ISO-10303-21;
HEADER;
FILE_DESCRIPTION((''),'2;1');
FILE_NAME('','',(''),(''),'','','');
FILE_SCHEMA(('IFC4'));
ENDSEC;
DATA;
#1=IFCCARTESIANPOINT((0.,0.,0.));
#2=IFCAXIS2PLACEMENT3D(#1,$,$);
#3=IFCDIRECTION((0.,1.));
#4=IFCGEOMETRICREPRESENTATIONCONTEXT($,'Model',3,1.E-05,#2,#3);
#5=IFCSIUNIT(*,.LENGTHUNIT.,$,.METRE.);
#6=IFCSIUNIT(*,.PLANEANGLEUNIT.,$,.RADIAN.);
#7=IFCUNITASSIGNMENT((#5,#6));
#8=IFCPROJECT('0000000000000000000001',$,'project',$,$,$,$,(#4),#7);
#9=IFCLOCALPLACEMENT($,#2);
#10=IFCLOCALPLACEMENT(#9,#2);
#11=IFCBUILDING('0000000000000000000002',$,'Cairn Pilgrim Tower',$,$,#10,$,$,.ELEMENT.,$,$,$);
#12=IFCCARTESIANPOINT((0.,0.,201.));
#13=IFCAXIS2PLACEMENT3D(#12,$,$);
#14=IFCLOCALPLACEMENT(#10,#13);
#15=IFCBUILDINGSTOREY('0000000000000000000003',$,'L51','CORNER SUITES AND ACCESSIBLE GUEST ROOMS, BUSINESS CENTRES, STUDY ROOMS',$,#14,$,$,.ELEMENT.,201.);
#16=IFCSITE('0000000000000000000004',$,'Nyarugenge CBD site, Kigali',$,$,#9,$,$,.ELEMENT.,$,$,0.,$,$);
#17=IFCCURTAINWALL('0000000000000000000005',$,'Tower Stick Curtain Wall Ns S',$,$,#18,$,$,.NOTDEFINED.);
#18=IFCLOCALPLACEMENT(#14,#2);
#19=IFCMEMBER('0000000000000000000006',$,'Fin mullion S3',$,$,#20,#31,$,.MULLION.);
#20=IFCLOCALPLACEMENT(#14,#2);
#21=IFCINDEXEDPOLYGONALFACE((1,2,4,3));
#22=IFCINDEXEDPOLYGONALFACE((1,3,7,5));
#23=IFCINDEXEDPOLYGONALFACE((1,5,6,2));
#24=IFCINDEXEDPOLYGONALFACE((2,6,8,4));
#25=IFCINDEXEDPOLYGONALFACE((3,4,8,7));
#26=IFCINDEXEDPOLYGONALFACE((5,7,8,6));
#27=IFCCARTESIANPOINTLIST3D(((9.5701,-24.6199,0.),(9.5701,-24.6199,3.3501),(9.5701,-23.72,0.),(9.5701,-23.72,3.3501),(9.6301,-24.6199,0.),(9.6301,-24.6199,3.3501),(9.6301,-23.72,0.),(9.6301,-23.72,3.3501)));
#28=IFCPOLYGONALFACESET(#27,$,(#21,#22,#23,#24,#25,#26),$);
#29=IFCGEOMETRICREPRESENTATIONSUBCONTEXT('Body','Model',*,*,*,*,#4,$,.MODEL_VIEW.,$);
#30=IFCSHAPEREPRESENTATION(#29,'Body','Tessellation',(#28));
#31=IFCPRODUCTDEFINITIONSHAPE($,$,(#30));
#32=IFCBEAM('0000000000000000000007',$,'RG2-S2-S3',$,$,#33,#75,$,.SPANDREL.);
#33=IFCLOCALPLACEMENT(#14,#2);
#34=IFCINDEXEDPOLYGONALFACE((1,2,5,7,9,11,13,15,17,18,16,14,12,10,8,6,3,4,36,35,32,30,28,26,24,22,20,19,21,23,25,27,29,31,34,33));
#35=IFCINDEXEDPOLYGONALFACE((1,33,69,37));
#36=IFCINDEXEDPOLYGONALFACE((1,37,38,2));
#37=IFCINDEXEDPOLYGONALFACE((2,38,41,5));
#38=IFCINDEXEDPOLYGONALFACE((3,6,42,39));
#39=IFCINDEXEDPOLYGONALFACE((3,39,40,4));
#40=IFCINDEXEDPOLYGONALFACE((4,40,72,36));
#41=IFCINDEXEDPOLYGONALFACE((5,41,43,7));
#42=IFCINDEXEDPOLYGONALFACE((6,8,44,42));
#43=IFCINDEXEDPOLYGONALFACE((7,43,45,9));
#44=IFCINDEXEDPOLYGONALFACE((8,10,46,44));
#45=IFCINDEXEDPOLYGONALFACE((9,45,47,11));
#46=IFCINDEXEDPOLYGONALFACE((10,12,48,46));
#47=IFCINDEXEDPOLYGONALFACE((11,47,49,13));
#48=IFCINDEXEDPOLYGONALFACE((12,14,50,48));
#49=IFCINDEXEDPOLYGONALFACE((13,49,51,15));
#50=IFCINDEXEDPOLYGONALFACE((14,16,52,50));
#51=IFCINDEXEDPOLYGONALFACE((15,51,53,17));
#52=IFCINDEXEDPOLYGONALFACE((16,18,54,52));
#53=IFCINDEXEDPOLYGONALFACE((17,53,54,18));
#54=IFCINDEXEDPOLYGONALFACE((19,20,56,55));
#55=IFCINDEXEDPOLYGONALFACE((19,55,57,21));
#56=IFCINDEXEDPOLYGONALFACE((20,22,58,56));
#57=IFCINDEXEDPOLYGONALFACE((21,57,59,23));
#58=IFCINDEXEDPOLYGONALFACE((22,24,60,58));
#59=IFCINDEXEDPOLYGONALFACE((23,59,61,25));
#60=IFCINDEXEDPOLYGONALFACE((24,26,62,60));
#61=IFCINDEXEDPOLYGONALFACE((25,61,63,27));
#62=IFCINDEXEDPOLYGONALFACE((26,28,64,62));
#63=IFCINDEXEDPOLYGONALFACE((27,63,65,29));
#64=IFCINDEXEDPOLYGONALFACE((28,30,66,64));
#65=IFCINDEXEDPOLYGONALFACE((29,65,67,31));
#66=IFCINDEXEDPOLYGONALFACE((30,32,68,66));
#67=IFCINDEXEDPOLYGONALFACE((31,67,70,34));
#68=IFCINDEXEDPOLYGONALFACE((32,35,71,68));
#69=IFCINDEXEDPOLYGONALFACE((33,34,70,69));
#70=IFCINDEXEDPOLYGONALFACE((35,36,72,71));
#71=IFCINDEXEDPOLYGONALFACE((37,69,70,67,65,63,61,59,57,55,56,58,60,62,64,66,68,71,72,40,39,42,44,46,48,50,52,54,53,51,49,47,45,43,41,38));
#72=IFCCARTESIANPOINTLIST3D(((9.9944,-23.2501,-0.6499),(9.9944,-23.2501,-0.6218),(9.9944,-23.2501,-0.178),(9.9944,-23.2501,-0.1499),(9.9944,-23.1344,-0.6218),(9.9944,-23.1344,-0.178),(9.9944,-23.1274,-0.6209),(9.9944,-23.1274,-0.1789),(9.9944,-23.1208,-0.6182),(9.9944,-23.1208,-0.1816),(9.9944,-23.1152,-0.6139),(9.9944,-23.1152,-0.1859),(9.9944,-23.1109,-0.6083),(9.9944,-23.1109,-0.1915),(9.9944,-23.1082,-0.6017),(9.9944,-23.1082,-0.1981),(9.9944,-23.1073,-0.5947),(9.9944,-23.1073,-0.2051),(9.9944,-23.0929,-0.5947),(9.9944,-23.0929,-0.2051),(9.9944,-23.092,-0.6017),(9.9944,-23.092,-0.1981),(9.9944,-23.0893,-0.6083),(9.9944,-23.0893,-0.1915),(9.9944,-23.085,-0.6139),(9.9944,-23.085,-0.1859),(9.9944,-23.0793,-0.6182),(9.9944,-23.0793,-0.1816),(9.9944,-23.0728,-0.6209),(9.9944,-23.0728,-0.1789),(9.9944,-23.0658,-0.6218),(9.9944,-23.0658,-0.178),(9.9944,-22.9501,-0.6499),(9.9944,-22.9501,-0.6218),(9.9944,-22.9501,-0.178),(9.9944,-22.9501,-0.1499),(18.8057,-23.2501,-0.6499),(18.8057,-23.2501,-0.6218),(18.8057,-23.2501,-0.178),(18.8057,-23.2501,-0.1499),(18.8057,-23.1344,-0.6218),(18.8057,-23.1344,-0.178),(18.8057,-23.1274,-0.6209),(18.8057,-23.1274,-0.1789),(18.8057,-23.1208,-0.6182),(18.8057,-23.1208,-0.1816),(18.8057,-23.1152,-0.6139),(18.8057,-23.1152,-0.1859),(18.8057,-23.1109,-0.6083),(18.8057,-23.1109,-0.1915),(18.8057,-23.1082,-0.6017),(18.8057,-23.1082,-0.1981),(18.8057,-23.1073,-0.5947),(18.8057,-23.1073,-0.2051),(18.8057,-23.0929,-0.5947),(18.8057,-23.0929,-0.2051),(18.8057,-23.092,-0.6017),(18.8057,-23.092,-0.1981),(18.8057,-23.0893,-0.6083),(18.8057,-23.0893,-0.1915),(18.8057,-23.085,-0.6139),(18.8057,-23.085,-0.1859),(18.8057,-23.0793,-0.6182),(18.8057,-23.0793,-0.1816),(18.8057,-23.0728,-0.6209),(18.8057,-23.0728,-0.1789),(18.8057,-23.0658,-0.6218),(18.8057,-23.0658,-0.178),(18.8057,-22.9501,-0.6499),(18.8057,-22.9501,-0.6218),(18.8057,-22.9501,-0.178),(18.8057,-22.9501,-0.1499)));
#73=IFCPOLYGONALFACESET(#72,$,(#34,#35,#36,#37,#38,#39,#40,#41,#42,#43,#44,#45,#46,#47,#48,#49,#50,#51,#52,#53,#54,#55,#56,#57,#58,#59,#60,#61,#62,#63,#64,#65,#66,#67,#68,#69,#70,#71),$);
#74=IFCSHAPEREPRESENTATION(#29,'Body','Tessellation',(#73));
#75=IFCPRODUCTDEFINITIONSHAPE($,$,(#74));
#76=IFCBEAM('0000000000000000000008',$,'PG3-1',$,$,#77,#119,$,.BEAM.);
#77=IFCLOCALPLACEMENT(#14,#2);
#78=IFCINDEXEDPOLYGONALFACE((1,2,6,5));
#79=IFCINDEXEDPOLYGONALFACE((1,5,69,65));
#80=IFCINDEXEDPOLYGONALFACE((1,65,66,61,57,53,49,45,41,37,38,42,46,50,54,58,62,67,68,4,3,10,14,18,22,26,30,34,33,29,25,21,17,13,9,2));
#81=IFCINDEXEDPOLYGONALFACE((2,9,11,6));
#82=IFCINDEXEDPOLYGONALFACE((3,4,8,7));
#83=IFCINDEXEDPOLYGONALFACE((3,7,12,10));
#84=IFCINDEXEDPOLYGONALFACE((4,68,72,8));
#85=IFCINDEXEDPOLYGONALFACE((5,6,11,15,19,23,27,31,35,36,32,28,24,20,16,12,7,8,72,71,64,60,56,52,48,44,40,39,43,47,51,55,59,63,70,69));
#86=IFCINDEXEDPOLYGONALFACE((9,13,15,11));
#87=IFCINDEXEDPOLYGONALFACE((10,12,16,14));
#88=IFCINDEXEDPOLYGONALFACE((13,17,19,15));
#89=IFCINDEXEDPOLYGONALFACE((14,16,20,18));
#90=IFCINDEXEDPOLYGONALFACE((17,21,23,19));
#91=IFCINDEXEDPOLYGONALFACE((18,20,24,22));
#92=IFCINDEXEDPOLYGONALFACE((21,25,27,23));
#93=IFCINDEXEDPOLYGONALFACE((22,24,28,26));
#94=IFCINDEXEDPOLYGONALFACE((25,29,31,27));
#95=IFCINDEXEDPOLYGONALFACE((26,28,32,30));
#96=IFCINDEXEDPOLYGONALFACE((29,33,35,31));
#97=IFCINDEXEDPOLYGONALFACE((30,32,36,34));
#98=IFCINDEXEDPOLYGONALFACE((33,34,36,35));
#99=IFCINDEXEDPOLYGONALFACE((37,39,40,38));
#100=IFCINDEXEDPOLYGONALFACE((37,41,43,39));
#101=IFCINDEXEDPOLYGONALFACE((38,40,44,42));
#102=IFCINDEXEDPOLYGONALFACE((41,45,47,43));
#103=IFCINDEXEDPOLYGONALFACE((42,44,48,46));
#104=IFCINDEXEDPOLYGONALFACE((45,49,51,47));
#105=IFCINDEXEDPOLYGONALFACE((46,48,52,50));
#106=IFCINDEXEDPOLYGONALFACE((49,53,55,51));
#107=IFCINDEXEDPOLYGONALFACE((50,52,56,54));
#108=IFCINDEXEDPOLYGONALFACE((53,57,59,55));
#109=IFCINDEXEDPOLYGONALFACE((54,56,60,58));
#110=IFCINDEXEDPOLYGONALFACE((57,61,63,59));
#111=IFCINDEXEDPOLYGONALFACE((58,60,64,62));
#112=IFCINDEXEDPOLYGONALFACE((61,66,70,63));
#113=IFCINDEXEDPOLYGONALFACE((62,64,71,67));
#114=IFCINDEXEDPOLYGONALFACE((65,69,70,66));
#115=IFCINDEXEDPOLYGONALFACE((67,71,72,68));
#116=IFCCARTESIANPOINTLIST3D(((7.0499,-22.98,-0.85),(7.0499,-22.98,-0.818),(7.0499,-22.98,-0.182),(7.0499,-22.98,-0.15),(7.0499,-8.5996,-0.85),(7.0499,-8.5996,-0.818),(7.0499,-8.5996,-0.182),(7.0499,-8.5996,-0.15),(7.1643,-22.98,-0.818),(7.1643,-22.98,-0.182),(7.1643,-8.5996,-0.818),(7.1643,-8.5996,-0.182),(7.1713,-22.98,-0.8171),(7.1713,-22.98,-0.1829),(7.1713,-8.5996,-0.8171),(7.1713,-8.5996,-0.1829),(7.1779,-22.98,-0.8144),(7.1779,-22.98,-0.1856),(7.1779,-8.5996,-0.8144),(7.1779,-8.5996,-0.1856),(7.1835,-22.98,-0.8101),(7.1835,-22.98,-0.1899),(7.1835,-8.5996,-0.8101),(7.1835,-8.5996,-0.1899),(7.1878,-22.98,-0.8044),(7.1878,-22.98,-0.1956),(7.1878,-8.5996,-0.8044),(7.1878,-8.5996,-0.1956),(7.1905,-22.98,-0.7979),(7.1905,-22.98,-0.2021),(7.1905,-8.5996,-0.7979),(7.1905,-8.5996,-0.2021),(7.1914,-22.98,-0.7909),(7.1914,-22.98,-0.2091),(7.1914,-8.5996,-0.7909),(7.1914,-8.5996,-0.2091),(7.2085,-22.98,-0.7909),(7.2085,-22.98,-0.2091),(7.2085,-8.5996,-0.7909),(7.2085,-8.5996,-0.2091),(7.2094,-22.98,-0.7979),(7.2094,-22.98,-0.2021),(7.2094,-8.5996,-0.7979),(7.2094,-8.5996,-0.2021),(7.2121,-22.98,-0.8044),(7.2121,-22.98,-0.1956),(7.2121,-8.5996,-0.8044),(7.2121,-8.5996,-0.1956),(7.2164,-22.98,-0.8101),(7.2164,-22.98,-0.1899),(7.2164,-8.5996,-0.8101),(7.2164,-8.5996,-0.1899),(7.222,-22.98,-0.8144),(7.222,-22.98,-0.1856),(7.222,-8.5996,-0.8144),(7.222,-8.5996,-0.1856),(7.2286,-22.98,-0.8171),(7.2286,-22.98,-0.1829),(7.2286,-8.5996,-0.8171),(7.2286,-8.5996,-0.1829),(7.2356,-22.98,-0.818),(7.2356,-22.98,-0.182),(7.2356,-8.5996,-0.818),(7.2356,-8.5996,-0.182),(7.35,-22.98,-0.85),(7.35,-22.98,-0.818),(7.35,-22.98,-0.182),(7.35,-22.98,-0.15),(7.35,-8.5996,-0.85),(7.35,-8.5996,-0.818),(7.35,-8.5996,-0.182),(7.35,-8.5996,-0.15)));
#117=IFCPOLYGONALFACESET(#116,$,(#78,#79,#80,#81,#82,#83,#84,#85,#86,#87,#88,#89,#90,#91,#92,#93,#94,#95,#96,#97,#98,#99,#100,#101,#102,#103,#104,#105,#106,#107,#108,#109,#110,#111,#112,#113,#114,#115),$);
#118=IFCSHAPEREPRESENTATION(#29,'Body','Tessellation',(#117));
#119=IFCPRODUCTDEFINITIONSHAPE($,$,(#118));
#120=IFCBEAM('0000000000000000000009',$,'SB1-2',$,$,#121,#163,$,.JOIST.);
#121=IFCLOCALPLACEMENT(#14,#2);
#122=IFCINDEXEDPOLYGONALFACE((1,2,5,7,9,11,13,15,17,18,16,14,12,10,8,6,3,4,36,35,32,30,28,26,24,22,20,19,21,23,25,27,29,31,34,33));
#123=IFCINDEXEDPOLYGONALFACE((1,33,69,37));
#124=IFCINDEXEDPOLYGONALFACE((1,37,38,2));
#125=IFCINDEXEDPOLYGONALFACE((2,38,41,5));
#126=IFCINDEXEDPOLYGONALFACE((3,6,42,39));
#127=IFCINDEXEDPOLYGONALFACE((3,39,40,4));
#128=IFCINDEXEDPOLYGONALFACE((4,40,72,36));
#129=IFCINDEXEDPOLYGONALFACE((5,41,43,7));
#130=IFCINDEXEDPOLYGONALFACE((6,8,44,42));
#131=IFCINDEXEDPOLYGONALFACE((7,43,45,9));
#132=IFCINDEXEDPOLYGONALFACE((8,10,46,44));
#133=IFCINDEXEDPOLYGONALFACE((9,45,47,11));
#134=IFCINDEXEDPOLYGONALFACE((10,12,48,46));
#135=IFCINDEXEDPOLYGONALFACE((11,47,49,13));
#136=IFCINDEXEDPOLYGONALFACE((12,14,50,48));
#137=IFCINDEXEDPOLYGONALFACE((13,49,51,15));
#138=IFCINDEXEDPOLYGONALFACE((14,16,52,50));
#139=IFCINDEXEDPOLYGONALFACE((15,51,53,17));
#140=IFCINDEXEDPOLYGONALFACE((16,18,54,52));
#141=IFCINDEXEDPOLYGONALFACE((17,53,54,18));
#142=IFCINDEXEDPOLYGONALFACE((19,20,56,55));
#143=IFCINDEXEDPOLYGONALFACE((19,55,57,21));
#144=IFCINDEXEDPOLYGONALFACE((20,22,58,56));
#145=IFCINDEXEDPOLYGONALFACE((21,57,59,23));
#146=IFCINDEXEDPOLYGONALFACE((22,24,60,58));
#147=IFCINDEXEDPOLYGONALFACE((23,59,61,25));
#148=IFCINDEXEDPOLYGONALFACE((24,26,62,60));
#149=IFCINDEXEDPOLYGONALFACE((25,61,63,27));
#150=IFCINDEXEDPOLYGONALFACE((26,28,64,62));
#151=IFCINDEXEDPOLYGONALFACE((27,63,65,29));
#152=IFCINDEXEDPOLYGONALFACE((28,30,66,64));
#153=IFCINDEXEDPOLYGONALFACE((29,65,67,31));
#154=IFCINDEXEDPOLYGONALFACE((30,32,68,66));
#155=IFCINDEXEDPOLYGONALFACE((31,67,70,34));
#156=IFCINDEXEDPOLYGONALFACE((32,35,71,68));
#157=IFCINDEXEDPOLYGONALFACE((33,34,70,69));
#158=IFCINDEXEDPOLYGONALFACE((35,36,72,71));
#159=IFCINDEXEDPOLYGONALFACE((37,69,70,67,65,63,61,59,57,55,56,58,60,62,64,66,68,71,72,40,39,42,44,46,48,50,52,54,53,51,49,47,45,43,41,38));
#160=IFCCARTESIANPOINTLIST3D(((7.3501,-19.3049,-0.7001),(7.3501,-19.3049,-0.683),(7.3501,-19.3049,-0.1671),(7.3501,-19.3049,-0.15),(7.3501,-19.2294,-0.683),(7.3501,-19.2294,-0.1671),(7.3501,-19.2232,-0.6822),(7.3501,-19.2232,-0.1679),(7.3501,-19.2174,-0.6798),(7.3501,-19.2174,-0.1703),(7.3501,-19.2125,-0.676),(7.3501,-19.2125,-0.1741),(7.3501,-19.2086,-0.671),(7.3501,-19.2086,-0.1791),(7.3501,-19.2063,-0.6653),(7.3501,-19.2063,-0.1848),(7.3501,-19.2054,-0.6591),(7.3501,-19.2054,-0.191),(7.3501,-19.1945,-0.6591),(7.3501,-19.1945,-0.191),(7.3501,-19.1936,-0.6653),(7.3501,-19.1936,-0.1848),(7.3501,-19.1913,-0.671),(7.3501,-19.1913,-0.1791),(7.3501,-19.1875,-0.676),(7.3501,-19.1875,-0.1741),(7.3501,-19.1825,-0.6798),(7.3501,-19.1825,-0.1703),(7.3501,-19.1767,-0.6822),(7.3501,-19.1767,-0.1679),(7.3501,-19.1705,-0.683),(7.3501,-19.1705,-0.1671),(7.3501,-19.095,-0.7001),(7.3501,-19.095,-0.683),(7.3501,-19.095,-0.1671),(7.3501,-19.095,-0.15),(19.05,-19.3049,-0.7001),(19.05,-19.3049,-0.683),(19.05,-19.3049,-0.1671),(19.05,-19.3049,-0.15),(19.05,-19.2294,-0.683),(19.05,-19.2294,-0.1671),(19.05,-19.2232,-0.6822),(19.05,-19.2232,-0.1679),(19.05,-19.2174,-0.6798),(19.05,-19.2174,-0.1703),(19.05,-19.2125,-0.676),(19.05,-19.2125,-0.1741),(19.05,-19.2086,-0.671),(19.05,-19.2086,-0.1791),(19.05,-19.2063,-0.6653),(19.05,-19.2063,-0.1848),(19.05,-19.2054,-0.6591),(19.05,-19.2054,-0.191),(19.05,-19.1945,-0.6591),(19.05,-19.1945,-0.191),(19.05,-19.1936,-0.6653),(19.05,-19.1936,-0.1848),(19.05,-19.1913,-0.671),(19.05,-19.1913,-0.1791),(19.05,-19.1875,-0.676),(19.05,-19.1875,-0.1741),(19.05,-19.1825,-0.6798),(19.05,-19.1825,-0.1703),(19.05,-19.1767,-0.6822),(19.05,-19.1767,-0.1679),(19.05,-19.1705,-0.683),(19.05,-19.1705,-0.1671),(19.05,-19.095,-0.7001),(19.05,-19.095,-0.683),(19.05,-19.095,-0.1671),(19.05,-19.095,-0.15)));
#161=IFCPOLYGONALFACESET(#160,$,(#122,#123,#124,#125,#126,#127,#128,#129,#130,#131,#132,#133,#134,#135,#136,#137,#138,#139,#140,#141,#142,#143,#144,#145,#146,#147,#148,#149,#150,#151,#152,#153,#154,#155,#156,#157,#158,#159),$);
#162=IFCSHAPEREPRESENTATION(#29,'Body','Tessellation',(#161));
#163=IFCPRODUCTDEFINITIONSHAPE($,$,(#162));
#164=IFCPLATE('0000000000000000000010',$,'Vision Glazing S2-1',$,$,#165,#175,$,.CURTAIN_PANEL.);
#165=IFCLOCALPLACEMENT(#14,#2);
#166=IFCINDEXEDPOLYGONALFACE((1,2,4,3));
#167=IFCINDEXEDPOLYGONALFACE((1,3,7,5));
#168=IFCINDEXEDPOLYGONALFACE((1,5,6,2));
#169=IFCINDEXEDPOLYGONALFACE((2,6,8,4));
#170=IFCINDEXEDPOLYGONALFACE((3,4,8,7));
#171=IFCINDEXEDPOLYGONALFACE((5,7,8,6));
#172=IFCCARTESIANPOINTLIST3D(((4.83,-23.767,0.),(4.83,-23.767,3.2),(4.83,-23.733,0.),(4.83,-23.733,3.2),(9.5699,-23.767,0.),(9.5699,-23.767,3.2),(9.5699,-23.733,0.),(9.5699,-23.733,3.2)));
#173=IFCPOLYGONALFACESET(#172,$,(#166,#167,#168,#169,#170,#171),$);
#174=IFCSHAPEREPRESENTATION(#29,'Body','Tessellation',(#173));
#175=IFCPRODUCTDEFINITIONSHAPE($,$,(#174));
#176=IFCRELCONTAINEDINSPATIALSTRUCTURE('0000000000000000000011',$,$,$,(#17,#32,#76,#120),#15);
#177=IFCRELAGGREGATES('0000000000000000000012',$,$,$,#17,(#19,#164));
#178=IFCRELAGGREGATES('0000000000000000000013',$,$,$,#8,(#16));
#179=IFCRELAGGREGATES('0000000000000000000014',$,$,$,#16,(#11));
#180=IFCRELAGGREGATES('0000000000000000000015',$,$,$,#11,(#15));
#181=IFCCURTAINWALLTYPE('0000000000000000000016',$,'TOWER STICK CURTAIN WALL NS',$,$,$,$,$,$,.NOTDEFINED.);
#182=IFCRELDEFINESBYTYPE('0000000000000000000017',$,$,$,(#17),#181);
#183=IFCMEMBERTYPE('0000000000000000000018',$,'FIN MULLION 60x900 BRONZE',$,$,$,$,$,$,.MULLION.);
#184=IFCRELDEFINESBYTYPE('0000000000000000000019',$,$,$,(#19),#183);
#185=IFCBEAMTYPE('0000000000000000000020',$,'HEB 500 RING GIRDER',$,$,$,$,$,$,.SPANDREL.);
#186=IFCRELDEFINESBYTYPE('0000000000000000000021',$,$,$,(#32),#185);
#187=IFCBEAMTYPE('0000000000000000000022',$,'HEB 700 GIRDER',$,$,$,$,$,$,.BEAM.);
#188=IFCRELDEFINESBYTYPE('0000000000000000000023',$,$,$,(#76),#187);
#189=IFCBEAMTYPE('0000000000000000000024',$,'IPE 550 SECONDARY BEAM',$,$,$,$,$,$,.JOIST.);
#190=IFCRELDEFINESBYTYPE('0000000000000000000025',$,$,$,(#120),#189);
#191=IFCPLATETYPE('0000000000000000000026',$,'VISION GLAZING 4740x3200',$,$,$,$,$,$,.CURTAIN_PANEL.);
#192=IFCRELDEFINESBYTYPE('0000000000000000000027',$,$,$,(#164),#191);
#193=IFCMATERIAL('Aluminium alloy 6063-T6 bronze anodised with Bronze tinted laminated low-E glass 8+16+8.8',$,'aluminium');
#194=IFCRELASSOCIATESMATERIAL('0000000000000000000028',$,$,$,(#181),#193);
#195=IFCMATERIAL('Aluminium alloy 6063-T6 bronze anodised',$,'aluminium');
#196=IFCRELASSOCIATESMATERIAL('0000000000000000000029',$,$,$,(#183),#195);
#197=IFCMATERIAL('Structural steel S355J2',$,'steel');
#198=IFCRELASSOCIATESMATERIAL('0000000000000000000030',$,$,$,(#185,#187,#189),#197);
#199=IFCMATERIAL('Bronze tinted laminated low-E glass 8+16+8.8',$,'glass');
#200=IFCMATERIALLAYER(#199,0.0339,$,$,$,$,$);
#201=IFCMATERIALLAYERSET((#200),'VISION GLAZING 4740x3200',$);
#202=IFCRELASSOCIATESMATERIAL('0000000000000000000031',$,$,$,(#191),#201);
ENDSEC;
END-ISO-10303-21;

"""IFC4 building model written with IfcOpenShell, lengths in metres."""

from ifc_helpers import new_model, si_unit, direction, frame, origin, origin_2d, place, context, subcontext, project, spatial, rectangle, i_section, extrude, material, layer, layer_set, material_profile, profile_set, type_object, element, aggregate, save


model = new_model("IFC4")

# Units and contexts
model_context = context("Model", 3, precision=1e-05, world=origin(), true_north=direction((0.0, 1.0)))
body_context = subcontext(model_context, "Body", "Model", "MODEL_VIEW")
ifc_project = project(units=[si_unit("LENGTHUNIT", "METRE"), si_unit("PLANEANGLEUNIT", "RADIAN")], contexts=[model_context])

# Site, building, storey
site_placement = place(None, origin())
site = spatial("IfcSite", under=ifc_project, at=site_placement, Name="Nyarugenge CBD site, Kigali", CompositionType="ELEMENT", RefElevation=0.0)
building_placement = place(site_placement, origin())
building = spatial("IfcBuilding", under=site, at=building_placement, Name="Cairn Pilgrim Tower", CompositionType="ELEMENT")
storey_placement = place(building_placement, frame((0.0, 0.0, 201.0)))
storey = spatial("IfcBuildingStorey", under=building, at=storey_placement, Name="L51", Description="CORNER SUITES AND ACCESSIBLE GUEST ROOMS, BUSINESS CENTRES, STUDY ROOMS", CompositionType="ELEMENT", Elevation=201.0)

# Curtain wall, member
ifc_material_1 = material(Name="Aluminium alloy 6063-T6 bronze anodised with Bronze tinted laminated low-E glass 8+16+8.8", Category="aluminium")
curtain_wall_type = type_object("IfcCurtainWallType", Name="TOWER STICK CURTAIN WALL NS", PredefinedType="NOTDEFINED", material=ifc_material_1)
curtain_wall_placement = place(storey_placement, origin())
curtain_wall = element("IfcCurtainWall", 1, at=curtain_wall_placement, inside=storey, type_object=curtain_wall_type, Name="Tower Stick Curtain Wall Ns S", PredefinedType="NOTDEFINED")
ifc_material_2 = material(Name="Aluminium alloy 6063-T6 bronze anodised", Category="aluminium")
ifc_material_profile_1 = material_profile(ifc_material_2, rectangle(XDim=0.8999, YDim=0.0601, at=origin_2d()), Name="FIN MULLION 60x900 BRONZE")
ifc_profile_set_1 = profile_set([ifc_material_profile_1], Name="Aluminium alloy 6063-T6 bronze anodised")
member_type = type_object("IfcMemberType", Name="FIN MULLION 60x900 BRONZE", PredefinedType="MULLION", material=ifc_profile_set_1)
member_placement = place(storey_placement, frame((9.6001, -24.1699, 0.0), z_axis=(0.0, 0.0, 1.0), x_axis=(0.0, -1.0, 0.0)))
member = element("IfcMember", 2, at=member_placement, type_object=member_type, Name="Fin mullion S3", PredefinedType="MULLION", context=body_context, shape_type="SweptSolid", body=[
    extrude(rectangle(XDim=0.8999, YDim=0.0601, at=origin_2d()), origin(), (0.0, 0.0, 1.0), 3.3501),
])

# Beams
ifc_material_3 = material(Name="Structural steel S355J2", Category="steel")
ifc_material_profile_2 = material_profile(ifc_material_3, i_section(OverallWidth=0.3, OverallDepth=0.5, WebThickness=0.0144, FlangeThickness=0.0281, FilletRadius=0.0271, at=origin_2d()), Name="HEB 500")
ifc_profile_set_2 = profile_set([ifc_material_profile_2], Name="Structural steel S355J2")
beam_type_1 = type_object("IfcBeamType", Name="HEB 500 RING GIRDER", PredefinedType="SPANDREL", material=ifc_profile_set_2)
beam_1_placement = place(storey_placement, frame((9.9944, -23.1001, -0.3999), z_axis=(1.0, 0.0, 0.0), x_axis=(0.0, 1.0, 0.0)))
element("IfcBeam", 3, at=beam_1_placement, inside=storey, type_object=beam_type_1, Name="RG2-S2-S3", PredefinedType="SPANDREL", context=body_context, shape_type="SweptSolid", body=[
    extrude(i_section(OverallWidth=0.3, OverallDepth=0.5, WebThickness=0.0144, FlangeThickness=0.0281, FilletRadius=0.0271, at=origin_2d()), origin(), (0.0, 0.0, 1.0), 8.8113),
])
ifc_material_profile_3 = material_profile(ifc_material_3, i_section(OverallWidth=0.3, OverallDepth=0.7, WebThickness=0.0171, FlangeThickness=0.032, FilletRadius=0.0271, at=origin_2d()), Name="HEB 700")
ifc_profile_set_3 = profile_set([ifc_material_profile_3], Name="Structural steel S355J2")
beam_type_2 = type_object("IfcBeamType", Name="HEB 700 GIRDER", PredefinedType="BEAM", material=ifc_profile_set_3)
beam_2_placement = place(storey_placement, frame((7.2, -22.98, -0.5), z_axis=(0.0, 1.0, 0.0), x_axis=(-1.0, 0.0, 0.0)))
element("IfcBeam", 4, at=beam_2_placement, inside=storey, type_object=beam_type_2, Name="PG3-1", PredefinedType="BEAM", context=body_context, shape_type="SweptSolid", body=[
    extrude(i_section(OverallWidth=0.3, OverallDepth=0.7, WebThickness=0.0171, FlangeThickness=0.032, FilletRadius=0.0271, at=origin_2d()), origin(), (0.0, 0.0, 1.0), 14.3804),
])
ifc_material_profile_4 = material_profile(ifc_material_3, i_section(OverallWidth=0.21, OverallDepth=0.55, WebThickness=0.011, FlangeThickness=0.0171, FilletRadius=0.0239, at=origin_2d()), Name="IPE 550")
ifc_profile_set_4 = profile_set([ifc_material_profile_4], Name="Structural steel S355J2")
beam_type_3 = type_object("IfcBeamType", Name="IPE 550 SECONDARY BEAM", PredefinedType="JOIST", material=ifc_profile_set_4)
beam_3_placement = place(storey_placement, frame((7.3501, -19.2, -0.425), z_axis=(1.0, 0.0, 0.0), x_axis=(0.0, 1.0, 0.0)))
element("IfcBeam", 5, at=beam_3_placement, inside=storey, type_object=beam_type_3, Name="SB1-2", PredefinedType="JOIST", context=body_context, shape_type="SweptSolid", body=[
    extrude(i_section(OverallWidth=0.21, OverallDepth=0.55, WebThickness=0.011, FlangeThickness=0.0171, FilletRadius=0.0239, at=origin_2d()), origin(), (0.0, 0.0, 1.0), 11.7),
])

# Plate
ifc_material_4 = material(Name="Bronze tinted laminated low-E glass 8+16+8.8", Category="glass")
ifc_layer_1 = layer(ifc_material_4, 0.0339)
ifc_layer_set_1 = layer_set([ifc_layer_1], Name="VISION GLAZING 4740x3200")
plate_type = type_object("IfcPlateType", Name="VISION GLAZING 4740x3200", PredefinedType="CURTAIN_PANEL", material=ifc_layer_set_1)
plate_placement = place(storey_placement, frame((7.2, -23.75, 0.0), z_axis=(0.0, 0.0, 1.0), x_axis=(1.0, 0.0, 0.0)))
plate = element("IfcPlate", 6, at=plate_placement, type_object=plate_type, Name="Vision Glazing S2-1", PredefinedType="CURTAIN_PANEL", context=body_context, shape_type="SweptSolid", body=[
    extrude(rectangle(XDim=4.74, YDim=0.0339, at=origin_2d()), origin(), (0.0, 0.0, 1.0), 3.2),
])
aggregate(curtain_wall, [member, plate])

save(model, "model.ifc")
